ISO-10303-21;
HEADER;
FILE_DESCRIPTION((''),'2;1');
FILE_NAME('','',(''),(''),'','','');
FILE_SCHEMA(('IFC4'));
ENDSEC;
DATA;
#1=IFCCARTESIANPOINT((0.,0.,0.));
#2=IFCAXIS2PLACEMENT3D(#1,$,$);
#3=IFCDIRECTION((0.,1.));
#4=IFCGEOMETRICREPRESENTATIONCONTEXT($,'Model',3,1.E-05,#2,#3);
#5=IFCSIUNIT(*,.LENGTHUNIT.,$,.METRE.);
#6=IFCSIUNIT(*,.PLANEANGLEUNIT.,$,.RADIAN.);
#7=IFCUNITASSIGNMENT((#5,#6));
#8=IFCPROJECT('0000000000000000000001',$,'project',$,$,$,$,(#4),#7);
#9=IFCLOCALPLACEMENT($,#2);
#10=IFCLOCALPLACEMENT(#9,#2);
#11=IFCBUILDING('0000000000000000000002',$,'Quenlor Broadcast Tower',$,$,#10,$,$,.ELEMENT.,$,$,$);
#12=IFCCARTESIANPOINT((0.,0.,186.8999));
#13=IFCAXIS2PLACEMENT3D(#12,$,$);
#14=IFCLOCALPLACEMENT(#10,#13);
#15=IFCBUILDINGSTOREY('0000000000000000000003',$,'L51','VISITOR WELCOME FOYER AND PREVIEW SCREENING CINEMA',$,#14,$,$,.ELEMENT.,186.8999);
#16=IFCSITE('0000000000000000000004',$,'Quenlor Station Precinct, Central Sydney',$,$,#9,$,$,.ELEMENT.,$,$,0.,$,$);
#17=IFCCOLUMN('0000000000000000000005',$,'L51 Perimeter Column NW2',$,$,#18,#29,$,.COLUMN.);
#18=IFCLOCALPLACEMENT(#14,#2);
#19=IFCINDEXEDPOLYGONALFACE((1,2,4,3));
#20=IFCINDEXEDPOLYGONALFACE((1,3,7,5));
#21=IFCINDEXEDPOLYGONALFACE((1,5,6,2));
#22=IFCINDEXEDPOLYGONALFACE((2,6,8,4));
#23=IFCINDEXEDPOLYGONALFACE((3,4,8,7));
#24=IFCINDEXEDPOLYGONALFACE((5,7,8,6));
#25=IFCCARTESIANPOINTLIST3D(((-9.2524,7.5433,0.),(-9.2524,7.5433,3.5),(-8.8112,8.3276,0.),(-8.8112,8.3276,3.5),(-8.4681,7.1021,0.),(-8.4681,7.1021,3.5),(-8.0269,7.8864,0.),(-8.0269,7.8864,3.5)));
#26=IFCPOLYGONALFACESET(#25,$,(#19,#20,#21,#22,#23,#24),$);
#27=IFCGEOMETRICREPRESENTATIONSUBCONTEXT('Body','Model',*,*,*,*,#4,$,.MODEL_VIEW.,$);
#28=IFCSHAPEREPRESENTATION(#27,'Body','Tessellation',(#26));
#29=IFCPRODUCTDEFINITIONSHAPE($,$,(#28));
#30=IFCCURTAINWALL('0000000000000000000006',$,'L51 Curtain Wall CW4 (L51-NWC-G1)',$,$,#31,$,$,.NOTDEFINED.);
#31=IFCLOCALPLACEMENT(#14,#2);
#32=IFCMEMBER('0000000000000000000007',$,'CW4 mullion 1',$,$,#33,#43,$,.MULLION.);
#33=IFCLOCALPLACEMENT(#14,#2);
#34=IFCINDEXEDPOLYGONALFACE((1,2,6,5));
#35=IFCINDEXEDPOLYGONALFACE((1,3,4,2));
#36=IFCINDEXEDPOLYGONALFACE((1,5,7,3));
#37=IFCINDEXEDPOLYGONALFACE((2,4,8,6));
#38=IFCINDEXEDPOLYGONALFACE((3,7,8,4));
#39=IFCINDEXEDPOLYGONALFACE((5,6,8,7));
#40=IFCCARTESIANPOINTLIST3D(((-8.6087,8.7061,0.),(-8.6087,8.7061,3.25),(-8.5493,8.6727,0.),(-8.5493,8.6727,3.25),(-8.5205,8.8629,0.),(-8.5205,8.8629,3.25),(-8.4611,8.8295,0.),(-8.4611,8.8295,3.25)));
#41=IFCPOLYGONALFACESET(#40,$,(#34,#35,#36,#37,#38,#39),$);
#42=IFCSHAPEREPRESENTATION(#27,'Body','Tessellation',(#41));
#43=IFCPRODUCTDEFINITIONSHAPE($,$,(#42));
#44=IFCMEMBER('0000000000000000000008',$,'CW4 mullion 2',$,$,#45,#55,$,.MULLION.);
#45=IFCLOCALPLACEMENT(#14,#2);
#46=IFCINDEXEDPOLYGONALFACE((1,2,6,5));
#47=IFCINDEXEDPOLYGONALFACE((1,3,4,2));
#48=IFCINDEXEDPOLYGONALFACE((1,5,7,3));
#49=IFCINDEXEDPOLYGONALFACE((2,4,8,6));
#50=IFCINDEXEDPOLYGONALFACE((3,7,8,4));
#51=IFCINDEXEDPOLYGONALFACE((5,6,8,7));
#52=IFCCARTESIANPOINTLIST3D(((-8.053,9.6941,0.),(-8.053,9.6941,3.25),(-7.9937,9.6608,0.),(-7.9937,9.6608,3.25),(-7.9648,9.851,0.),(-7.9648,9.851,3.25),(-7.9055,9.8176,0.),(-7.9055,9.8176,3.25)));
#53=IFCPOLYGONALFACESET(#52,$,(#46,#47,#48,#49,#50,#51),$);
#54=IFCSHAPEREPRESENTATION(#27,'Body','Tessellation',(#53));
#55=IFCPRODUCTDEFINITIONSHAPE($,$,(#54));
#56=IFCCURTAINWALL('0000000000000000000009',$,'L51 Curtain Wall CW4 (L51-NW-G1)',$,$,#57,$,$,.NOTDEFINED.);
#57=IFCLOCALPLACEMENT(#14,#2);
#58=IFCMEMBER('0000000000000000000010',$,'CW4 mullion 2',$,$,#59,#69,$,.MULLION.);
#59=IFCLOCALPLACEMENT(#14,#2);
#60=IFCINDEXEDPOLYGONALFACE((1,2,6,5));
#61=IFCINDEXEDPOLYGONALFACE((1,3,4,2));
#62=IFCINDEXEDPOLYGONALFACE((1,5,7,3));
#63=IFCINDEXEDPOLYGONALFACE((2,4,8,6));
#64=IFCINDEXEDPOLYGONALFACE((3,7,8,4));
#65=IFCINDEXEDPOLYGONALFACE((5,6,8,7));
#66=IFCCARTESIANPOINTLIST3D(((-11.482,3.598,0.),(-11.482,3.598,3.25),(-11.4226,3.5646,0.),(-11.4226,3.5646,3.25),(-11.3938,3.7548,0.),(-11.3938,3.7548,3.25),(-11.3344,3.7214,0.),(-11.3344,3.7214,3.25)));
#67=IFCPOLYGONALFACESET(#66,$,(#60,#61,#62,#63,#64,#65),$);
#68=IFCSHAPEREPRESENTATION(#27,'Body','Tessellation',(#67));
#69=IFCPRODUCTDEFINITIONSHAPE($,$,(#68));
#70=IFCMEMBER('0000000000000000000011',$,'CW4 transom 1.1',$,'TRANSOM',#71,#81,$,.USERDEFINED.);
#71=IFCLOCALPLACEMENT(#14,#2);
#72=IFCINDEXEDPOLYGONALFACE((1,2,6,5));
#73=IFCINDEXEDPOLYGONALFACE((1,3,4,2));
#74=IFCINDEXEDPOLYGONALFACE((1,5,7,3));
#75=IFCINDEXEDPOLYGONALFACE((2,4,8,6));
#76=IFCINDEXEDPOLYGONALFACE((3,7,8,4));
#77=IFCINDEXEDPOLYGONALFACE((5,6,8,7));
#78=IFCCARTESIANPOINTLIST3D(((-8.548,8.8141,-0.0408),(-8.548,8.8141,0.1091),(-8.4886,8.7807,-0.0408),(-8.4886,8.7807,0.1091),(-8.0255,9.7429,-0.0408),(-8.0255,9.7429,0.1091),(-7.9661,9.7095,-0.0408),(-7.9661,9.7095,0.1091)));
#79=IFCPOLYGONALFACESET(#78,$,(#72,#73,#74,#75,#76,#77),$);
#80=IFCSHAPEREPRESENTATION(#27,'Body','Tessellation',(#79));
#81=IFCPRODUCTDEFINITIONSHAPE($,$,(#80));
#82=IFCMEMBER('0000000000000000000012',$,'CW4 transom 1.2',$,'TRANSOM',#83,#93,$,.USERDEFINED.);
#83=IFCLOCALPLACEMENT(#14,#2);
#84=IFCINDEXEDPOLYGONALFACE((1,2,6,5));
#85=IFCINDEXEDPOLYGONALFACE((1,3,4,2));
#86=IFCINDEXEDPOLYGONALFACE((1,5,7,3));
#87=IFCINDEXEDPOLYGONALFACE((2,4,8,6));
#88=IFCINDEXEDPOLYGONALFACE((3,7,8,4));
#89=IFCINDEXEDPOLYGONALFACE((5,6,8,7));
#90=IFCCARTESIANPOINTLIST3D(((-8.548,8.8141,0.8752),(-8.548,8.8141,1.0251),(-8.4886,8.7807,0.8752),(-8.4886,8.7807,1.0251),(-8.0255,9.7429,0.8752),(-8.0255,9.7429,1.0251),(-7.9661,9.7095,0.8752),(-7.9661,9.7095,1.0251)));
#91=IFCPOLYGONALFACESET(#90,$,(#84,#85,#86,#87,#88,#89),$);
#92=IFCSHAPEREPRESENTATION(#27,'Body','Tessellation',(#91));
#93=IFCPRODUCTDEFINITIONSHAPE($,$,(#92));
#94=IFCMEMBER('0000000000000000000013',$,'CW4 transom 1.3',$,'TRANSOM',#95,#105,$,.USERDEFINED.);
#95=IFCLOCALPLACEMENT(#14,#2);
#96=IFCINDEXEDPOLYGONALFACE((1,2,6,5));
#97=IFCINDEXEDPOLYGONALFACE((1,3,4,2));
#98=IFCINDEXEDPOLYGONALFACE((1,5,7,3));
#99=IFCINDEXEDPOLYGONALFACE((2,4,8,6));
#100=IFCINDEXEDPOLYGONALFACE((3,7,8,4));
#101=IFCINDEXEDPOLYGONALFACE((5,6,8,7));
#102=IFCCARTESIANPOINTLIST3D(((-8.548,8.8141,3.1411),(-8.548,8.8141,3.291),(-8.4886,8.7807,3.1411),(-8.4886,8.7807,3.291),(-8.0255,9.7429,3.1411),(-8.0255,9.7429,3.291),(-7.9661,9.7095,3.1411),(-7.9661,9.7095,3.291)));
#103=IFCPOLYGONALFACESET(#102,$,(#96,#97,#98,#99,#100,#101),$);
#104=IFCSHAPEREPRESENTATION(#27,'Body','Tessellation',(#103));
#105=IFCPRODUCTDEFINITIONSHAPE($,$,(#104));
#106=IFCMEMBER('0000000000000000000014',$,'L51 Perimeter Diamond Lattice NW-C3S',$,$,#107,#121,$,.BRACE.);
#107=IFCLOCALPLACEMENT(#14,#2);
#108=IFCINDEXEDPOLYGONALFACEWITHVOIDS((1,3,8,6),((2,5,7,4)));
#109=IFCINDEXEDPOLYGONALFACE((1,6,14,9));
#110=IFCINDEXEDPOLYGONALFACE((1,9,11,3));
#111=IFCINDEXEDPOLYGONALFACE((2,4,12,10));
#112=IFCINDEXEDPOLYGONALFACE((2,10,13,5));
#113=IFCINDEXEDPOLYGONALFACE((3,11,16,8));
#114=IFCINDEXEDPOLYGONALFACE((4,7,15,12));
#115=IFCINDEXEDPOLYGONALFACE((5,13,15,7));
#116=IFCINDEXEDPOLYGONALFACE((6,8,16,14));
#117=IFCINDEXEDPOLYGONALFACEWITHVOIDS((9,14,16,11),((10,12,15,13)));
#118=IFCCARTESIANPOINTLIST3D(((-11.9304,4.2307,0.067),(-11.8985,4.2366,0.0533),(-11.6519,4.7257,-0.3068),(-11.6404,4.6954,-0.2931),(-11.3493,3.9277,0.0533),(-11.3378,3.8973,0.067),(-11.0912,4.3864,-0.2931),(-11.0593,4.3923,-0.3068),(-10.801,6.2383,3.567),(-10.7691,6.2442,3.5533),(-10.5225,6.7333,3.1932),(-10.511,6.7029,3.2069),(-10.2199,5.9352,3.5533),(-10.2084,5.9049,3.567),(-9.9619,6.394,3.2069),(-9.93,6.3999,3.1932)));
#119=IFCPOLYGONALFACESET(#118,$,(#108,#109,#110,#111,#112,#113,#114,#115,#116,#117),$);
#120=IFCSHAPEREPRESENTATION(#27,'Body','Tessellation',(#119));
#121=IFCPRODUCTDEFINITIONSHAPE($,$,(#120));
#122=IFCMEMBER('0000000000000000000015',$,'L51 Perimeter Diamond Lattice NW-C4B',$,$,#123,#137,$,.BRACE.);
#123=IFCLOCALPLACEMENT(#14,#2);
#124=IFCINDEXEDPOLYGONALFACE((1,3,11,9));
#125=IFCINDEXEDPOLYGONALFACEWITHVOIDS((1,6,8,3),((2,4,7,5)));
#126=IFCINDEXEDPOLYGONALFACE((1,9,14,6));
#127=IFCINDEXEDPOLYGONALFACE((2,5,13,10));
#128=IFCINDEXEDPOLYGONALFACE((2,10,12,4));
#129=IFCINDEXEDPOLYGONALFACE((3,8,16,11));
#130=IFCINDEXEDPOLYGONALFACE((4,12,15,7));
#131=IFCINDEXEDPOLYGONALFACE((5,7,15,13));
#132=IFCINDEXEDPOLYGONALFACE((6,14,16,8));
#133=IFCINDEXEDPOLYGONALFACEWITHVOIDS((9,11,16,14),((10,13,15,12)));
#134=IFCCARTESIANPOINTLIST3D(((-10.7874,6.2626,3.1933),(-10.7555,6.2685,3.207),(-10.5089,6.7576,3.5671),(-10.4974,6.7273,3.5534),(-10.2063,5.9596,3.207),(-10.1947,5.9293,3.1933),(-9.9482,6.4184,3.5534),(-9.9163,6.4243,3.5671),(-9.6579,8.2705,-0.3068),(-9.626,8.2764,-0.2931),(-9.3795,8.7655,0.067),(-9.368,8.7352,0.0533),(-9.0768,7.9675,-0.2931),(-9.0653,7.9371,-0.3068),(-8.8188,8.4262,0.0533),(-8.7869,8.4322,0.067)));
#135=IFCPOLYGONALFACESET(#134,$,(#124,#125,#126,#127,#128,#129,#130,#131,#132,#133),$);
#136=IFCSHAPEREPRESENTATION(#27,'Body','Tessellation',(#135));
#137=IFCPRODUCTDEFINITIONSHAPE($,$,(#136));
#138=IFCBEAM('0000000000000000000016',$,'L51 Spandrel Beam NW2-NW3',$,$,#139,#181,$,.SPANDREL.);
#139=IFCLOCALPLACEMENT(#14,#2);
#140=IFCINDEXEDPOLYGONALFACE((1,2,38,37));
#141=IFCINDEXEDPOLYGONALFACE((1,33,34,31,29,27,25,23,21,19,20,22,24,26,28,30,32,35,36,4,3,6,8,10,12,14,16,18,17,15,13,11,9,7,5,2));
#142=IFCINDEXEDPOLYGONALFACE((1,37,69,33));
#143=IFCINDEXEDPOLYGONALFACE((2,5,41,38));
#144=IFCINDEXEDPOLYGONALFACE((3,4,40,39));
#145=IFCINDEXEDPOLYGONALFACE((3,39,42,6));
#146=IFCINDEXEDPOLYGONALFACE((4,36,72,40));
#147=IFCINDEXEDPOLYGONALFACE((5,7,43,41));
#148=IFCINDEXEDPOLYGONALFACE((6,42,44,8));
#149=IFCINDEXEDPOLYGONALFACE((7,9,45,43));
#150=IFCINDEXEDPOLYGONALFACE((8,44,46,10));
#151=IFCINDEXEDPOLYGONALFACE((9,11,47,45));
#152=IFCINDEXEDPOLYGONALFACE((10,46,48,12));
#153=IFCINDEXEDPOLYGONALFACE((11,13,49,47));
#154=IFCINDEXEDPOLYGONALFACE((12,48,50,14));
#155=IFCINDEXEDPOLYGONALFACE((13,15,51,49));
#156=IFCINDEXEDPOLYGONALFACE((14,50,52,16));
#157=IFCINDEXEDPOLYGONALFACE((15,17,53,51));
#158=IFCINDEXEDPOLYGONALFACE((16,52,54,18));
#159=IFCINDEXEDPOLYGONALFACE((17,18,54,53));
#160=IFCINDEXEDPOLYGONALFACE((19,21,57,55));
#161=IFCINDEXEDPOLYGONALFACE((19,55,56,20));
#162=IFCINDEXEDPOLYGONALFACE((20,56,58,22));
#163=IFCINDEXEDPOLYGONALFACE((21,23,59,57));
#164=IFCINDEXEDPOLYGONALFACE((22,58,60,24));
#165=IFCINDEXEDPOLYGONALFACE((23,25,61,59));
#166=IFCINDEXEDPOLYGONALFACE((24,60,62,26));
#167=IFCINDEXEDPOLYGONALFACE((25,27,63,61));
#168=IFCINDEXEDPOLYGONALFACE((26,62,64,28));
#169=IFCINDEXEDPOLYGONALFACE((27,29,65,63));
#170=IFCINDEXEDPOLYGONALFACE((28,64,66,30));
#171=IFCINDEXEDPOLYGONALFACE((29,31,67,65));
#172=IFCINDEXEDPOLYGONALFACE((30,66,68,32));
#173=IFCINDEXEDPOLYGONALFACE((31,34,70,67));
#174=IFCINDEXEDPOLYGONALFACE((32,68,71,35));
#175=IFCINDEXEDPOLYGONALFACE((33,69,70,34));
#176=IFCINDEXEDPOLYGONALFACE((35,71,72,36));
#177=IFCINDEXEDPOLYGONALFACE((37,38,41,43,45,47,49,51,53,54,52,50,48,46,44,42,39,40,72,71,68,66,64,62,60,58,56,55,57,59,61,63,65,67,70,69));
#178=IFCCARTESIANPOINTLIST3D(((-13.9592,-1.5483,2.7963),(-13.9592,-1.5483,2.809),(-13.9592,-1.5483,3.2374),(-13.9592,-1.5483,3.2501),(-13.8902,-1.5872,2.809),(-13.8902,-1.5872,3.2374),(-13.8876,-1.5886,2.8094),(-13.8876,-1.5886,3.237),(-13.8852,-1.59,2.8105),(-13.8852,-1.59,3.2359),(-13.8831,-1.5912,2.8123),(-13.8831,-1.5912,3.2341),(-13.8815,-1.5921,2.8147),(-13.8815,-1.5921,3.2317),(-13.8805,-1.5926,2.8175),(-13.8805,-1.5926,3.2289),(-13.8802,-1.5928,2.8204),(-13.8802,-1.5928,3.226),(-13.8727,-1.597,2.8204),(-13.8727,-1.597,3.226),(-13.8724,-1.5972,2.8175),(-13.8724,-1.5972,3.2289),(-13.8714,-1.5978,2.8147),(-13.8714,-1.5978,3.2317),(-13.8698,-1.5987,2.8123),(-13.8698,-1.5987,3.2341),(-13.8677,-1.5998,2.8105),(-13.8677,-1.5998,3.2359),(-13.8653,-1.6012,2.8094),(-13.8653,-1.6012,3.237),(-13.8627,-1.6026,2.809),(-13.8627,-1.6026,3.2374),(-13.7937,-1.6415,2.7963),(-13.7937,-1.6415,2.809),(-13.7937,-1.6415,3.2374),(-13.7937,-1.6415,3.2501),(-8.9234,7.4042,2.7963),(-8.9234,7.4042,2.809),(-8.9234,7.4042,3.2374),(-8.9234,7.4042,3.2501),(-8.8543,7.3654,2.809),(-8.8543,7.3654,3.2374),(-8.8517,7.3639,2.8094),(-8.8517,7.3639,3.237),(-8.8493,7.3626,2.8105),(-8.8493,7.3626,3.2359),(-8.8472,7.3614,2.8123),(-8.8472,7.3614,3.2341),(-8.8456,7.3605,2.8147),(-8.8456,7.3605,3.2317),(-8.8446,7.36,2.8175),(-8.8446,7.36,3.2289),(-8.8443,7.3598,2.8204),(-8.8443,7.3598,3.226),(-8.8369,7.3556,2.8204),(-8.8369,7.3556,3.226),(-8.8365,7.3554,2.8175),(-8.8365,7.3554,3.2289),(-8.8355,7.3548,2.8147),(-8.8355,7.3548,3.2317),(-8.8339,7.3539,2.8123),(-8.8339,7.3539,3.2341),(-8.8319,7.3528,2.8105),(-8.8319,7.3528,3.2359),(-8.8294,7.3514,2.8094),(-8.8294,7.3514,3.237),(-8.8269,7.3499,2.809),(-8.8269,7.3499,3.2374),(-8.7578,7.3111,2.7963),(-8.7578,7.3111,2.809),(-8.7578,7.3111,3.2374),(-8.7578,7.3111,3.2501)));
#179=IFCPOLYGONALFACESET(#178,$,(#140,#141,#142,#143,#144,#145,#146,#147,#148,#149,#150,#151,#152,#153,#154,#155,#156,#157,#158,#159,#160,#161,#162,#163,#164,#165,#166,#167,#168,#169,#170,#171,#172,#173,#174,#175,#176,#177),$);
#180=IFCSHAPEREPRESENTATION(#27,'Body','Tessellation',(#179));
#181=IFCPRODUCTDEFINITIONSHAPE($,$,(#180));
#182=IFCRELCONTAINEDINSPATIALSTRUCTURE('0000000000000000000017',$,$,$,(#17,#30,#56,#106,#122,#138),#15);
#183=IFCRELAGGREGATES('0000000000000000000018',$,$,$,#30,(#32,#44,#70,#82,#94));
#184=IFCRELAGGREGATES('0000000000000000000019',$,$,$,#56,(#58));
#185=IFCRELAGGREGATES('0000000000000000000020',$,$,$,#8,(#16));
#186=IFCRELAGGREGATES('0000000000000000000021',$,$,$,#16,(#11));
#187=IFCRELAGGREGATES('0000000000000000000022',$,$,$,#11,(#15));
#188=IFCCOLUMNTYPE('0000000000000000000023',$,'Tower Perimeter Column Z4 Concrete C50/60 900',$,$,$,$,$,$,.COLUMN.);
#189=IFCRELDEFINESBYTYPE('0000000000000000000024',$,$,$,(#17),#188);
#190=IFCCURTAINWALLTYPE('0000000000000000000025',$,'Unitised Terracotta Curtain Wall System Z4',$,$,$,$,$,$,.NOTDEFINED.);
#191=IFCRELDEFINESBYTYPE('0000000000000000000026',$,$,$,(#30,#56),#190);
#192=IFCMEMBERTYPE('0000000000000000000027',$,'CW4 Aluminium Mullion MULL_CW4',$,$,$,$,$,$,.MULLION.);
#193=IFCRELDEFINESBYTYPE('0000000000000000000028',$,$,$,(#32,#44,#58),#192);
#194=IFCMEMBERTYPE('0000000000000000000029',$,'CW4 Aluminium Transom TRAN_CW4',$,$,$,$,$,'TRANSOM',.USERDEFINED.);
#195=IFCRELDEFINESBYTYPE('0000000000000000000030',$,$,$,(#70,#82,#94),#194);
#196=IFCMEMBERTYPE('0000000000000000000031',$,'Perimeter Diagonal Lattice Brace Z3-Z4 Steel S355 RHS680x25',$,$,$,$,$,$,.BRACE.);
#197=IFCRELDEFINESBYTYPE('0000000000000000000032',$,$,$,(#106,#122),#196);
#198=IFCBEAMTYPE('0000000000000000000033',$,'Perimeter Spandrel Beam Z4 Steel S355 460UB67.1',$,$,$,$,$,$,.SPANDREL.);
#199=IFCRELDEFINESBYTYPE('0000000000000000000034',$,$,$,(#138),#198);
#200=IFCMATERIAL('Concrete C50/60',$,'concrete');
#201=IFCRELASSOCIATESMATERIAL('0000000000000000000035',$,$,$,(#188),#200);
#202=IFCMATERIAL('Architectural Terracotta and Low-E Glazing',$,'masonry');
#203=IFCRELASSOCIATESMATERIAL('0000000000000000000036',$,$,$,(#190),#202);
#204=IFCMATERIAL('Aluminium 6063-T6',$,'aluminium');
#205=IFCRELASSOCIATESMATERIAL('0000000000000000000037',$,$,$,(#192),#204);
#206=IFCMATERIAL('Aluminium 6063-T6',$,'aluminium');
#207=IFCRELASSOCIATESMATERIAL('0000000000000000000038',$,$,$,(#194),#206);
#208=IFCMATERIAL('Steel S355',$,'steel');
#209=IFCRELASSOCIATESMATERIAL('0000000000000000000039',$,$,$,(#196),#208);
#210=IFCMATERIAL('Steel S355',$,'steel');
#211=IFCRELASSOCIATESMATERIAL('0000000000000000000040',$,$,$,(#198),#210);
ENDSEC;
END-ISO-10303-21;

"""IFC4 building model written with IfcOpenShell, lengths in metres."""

from ifc_helpers import new_model, si_unit, direction, frame, origin, origin_2d, place, context, subcontext, project, spatial, rectangle, hollow_rectangle, i_section, extrude, material, material_profile, profile_set, type_object, element, aggregate, save


model = new_model("IFC4")

# Units and contexts
model_context = context("Model", 3, precision=1e-05, world=origin(), true_north=direction((0.0, 1.0)))
body_context = subcontext(model_context, "Body", "Model", "MODEL_VIEW")
ifc_project = project(units=[si_unit("LENGTHUNIT", "METRE"), si_unit("PLANEANGLEUNIT", "RADIAN")], contexts=[model_context])

# Site, building, storey
site_placement = place(None, origin())
site = spatial("IfcSite", under=ifc_project, at=site_placement, Name="Quenlor Station Precinct, Central Sydney", CompositionType="ELEMENT", RefElevation=0.0)
building_placement = place(site_placement, origin())
building = spatial("IfcBuilding", under=site, at=building_placement, Name="Quenlor Broadcast Tower", CompositionType="ELEMENT")
storey_placement = place(building_placement, frame((0.0, 0.0, 186.8999)))
storey = spatial("IfcBuildingStorey", under=building, at=storey_placement, Name="L51", Description="VISITOR WELCOME FOYER AND PREVIEW SCREENING CINEMA", CompositionType="ELEMENT", Elevation=186.8999)

# Column
ifc_material_1 = material(Name="Concrete C50/60", Category="concrete")
ifc_material_profile_1 = material_profile(ifc_material_1, rectangle(XDim=0.8999, YDim=0.8999, at=origin_2d()))
ifc_profile_set_1 = profile_set([ifc_material_profile_1], Name="Concrete C50/60 RC900x900")
column_type = type_object("IfcColumnType", Name="Tower Perimeter Column Z4 Concrete C50/60 900", PredefinedType="COLUMN", material=ifc_profile_set_1)
column_placement = place(storey_placement, frame((-8.6396, 7.7148, 0.0), z_axis=(0.0, 0.0, 1.0), x_axis=(-0.871575, 0.490262, 0.0)))
element("IfcColumn", 1, at=column_placement, inside=storey, type_object=column_type, Name="L51 Perimeter Column NW2", PredefinedType="COLUMN", context=body_context, shape_type="SweptSolid", body=[
    extrude(rectangle(XDim=0.8999, YDim=0.8999, at=origin_2d()), origin(), (0.0, 0.0, 1.0), 3.5),
])

# Curtain wall, members
ifc_material_2 = material(Name="Architectural Terracotta and Low-E Glazing", Category="masonry")
curtain_wall_type = type_object("IfcCurtainWallType", Name="Unitised Terracotta Curtain Wall System Z4", PredefinedType="NOTDEFINED", material=ifc_material_2)
curtain_wall_1_placement = place(storey_placement, origin())
curtain_wall_1 = element("IfcCurtainWall", 2, at=curtain_wall_1_placement, inside=storey, type_object=curtain_wall_type, Name="L51 Curtain Wall CW4 (L51-NWC-G1)", PredefinedType="NOTDEFINED")
ifc_material_3 = material(Name="Aluminium 6063-T6", Category="aluminium")
ifc_material_profile_2 = material_profile(ifc_material_3, rectangle(XDim=0.0681, YDim=0.1799, at=origin_2d()))
ifc_profile_set_2 = profile_set([ifc_material_profile_2], Name="Aluminium 6063-T6 MULL68x180")
member_type_1 = type_object("IfcMemberType", Name="CW4 Aluminium Mullion MULL_CW4", PredefinedType="MULLION", material=ifc_profile_set_2)
member_1_placement = place(storey_placement, frame((-8.5349, 8.7678, 0.0), z_axis=(0.0, 0.0, 1.0), x_axis=(-0.871558, 0.490293, 0.0)))
member_1 = element("IfcMember", 3, at=member_1_placement, type_object=member_type_1, Name="CW4 mullion 1", PredefinedType="MULLION", context=body_context, shape_type="SweptSolid", body=[
    extrude(rectangle(XDim=0.0681, YDim=0.1799, at=origin_2d()), origin(), (0.0, 0.0, 1.0), 3.25),
])
member_2_placement = place(storey_placement, frame((-7.9792, 9.7559, 0.0), z_axis=(0.0, 0.0, 1.0), x_axis=(-0.871558, 0.490293, 0.0)))
member_2 = element("IfcMember", 4, at=member_2_placement, type_object=member_type_1, Name="CW4 mullion 2", PredefinedType="MULLION", context=body_context, shape_type="SweptSolid", body=[
    extrude(rectangle(XDim=0.0681, YDim=0.1799, at=origin_2d()), origin(), (0.0, 0.0, 1.0), 3.25),
])

# Curtain wall, member
curtain_wall_2_placement = place(storey_placement, origin())
curtain_wall_2 = element("IfcCurtainWall", 5, at=curtain_wall_2_placement, inside=storey, type_object=curtain_wall_type, Name="L51 Curtain Wall CW4 (L51-NW-G1)", PredefinedType="NOTDEFINED")
member_3_placement = place(storey_placement, frame((-11.4082, 3.6597, 0.0), z_axis=(0.0, 0.0, 1.0), x_axis=(-0.87156, 0.490289, 0.0)))
member_3 = element("IfcMember", 6, at=member_3_placement, type_object=member_type_1, Name="CW4 mullion 2", PredefinedType="MULLION", context=body_context, shape_type="SweptSolid", body=[
    extrude(rectangle(XDim=0.0681, YDim=0.1799, at=origin_2d()), origin(), (0.0, 0.0, 1.0), 3.25),
])

# Members
ifc_material_4 = material(Name="Aluminium 6063-T6", Category="aluminium")
ifc_material_profile_3 = material_profile(ifc_material_4, rectangle(XDim=0.0681, YDim=0.1499, at=origin_2d()))
ifc_profile_set_3 = profile_set([ifc_material_profile_3], Name="Aluminium 6063-T6 TRAN68x150")
member_type_2 = type_object("IfcMemberType", Name="CW4 Aluminium Transom TRAN_CW4", ElementType="TRANSOM", PredefinedType="USERDEFINED", material=ifc_profile_set_3)
member_4_placement = place(storey_placement, frame((-8.5183, 8.7974, 0.0342), z_axis=(0.490305, 0.871551, 0.0), x_axis=(-0.871551, 0.490305, 0.0)))
member_4 = element("IfcMember", 7, at=member_4_placement, type_object=member_type_2, Name="CW4 transom 1.1", ObjectType="TRANSOM", PredefinedType="USERDEFINED", context=body_context, shape_type="SweptSolid", body=[
    extrude(rectangle(XDim=0.0681, YDim=0.1499, at=origin_2d()), origin(), (0.0, 0.0, 1.0), 1.0657),
])
member_5_placement = place(storey_placement, frame((-8.5183, 8.7974, 0.9502), z_axis=(0.490305, 0.871551, 0.0), x_axis=(-0.871551, 0.490305, 0.0)))
member_5 = element("IfcMember", 8, at=member_5_placement, type_object=member_type_2, Name="CW4 transom 1.2", ObjectType="TRANSOM", PredefinedType="USERDEFINED", context=body_context, shape_type="SweptSolid", body=[
    extrude(rectangle(XDim=0.0681, YDim=0.1499, at=origin_2d()), origin(), (0.0, 0.0, 1.0), 1.0657),
])
member_6_placement = place(storey_placement, frame((-8.5183, 8.7974, 3.2161), z_axis=(0.490305, 0.871551, 0.0), x_axis=(-0.871551, 0.490305, 0.0)))
member_6 = element("IfcMember", 9, at=member_6_placement, type_object=member_type_2, Name="CW4 transom 1.3", ObjectType="TRANSOM", PredefinedType="USERDEFINED", context=body_context, shape_type="SweptSolid", body=[
    extrude(rectangle(XDim=0.0681, YDim=0.1499, at=origin_2d()), origin(), (0.0, 0.0, 1.0), 1.0657),
])

# Members
ifc_material_5 = material(Name="Steel S355", Category="steel")
ifc_material_profile_4 = material_profile(ifc_material_5, hollow_rectangle(XDim=0.6799, YDim=0.6799, WallThickness=0.0249, at=origin_2d()))
ifc_profile_set_4 = profile_set([ifc_material_profile_4], Name="Steel S355 RHS680x680x25")
member_type_3 = type_object("IfcMemberType", Name="Perimeter Diagonal Lattice Brace Z3-Z4 Steel S355 RHS680x25", PredefinedType="BRACE", material=ifc_profile_set_4)
member_7_placement = place(storey_placement, frame((-11.4949, 4.3115, -0.1199), z_axis=(0.269547, 0.479136, 0.835328), x_axis=(-0.87155, 0.490307, 0.0)))
element("IfcMember", 10, at=member_7_placement, inside=storey, type_object=member_type_3, Name="L51 Perimeter Diamond Lattice NW-C3S", PredefinedType="BRACE", context=body_context, shape_type="SweptSolid", body=[
    extrude(hollow_rectangle(XDim=0.6799, YDim=0.6799, WallThickness=0.0249, at=origin_2d()), origin(), (0.0, 0.0, 1.0), 4.1899),
])
member_8_placement = place(storey_placement, frame((-9.2224, 8.3513, -0.1199), z_axis=(-0.26954, -0.479181, 0.835305), x_axis=(0.871576, -0.490261, 0.0)))
element("IfcMember", 11, at=member_8_placement, inside=storey, type_object=member_type_3, Name="L51 Perimeter Diamond Lattice NW-C4B", PredefinedType="BRACE", context=body_context, shape_type="SweptSolid", body=[
    extrude(hollow_rectangle(XDim=0.6799, YDim=0.6799, WallThickness=0.0249, at=origin_2d()), origin(), (0.0, 0.0, 1.0), 4.1902),
])

# Beam
ifc_material_6 = material(Name="Steel S355", Category="steel")
ifc_material_profile_5 = material_profile(ifc_material_6, i_section(OverallWidth=0.1899, OverallDepth=0.4539, WebThickness=0.0085, FlangeThickness=0.0127, FilletRadius=0.0115, at=origin_2d()))
ifc_profile_set_5 = profile_set([ifc_material_profile_5], Name="Steel S355 460UB67.1")
beam_type_1 = type_object("IfcBeamType", Name="Perimeter Spandrel Beam Z4 Steel S355 460UB67.1", PredefinedType="SPANDREL", material=ifc_profile_set_5)
beam_1_placement = place(storey_placement, frame((-8.8406, 7.3577, 3.0232), z_axis=(-0.490263, -0.871574, 0.0), x_axis=(0.871574, -0.490263, 0.0)))
element("IfcBeam", 12, at=beam_1_placement, inside=storey, type_object=beam_type_1, Name="L51 Spandrel Beam NW2-NW3", PredefinedType="SPANDREL", context=body_context, shape_type="SweptSolid", body=[
    extrude(i_section(OverallWidth=0.1899, OverallDepth=0.4539, WebThickness=0.0085, FlangeThickness=0.0127, FilletRadius=0.0115, at=origin_2d()), origin(), (0.0, 0.0, 1.0), 10.2717),
])

aggregate(curtain_wall_1, [member_1, member_2, member_4, member_5, member_6])
aggregate(curtain_wall_2, [member_3])

save(model, "model.ifc")
